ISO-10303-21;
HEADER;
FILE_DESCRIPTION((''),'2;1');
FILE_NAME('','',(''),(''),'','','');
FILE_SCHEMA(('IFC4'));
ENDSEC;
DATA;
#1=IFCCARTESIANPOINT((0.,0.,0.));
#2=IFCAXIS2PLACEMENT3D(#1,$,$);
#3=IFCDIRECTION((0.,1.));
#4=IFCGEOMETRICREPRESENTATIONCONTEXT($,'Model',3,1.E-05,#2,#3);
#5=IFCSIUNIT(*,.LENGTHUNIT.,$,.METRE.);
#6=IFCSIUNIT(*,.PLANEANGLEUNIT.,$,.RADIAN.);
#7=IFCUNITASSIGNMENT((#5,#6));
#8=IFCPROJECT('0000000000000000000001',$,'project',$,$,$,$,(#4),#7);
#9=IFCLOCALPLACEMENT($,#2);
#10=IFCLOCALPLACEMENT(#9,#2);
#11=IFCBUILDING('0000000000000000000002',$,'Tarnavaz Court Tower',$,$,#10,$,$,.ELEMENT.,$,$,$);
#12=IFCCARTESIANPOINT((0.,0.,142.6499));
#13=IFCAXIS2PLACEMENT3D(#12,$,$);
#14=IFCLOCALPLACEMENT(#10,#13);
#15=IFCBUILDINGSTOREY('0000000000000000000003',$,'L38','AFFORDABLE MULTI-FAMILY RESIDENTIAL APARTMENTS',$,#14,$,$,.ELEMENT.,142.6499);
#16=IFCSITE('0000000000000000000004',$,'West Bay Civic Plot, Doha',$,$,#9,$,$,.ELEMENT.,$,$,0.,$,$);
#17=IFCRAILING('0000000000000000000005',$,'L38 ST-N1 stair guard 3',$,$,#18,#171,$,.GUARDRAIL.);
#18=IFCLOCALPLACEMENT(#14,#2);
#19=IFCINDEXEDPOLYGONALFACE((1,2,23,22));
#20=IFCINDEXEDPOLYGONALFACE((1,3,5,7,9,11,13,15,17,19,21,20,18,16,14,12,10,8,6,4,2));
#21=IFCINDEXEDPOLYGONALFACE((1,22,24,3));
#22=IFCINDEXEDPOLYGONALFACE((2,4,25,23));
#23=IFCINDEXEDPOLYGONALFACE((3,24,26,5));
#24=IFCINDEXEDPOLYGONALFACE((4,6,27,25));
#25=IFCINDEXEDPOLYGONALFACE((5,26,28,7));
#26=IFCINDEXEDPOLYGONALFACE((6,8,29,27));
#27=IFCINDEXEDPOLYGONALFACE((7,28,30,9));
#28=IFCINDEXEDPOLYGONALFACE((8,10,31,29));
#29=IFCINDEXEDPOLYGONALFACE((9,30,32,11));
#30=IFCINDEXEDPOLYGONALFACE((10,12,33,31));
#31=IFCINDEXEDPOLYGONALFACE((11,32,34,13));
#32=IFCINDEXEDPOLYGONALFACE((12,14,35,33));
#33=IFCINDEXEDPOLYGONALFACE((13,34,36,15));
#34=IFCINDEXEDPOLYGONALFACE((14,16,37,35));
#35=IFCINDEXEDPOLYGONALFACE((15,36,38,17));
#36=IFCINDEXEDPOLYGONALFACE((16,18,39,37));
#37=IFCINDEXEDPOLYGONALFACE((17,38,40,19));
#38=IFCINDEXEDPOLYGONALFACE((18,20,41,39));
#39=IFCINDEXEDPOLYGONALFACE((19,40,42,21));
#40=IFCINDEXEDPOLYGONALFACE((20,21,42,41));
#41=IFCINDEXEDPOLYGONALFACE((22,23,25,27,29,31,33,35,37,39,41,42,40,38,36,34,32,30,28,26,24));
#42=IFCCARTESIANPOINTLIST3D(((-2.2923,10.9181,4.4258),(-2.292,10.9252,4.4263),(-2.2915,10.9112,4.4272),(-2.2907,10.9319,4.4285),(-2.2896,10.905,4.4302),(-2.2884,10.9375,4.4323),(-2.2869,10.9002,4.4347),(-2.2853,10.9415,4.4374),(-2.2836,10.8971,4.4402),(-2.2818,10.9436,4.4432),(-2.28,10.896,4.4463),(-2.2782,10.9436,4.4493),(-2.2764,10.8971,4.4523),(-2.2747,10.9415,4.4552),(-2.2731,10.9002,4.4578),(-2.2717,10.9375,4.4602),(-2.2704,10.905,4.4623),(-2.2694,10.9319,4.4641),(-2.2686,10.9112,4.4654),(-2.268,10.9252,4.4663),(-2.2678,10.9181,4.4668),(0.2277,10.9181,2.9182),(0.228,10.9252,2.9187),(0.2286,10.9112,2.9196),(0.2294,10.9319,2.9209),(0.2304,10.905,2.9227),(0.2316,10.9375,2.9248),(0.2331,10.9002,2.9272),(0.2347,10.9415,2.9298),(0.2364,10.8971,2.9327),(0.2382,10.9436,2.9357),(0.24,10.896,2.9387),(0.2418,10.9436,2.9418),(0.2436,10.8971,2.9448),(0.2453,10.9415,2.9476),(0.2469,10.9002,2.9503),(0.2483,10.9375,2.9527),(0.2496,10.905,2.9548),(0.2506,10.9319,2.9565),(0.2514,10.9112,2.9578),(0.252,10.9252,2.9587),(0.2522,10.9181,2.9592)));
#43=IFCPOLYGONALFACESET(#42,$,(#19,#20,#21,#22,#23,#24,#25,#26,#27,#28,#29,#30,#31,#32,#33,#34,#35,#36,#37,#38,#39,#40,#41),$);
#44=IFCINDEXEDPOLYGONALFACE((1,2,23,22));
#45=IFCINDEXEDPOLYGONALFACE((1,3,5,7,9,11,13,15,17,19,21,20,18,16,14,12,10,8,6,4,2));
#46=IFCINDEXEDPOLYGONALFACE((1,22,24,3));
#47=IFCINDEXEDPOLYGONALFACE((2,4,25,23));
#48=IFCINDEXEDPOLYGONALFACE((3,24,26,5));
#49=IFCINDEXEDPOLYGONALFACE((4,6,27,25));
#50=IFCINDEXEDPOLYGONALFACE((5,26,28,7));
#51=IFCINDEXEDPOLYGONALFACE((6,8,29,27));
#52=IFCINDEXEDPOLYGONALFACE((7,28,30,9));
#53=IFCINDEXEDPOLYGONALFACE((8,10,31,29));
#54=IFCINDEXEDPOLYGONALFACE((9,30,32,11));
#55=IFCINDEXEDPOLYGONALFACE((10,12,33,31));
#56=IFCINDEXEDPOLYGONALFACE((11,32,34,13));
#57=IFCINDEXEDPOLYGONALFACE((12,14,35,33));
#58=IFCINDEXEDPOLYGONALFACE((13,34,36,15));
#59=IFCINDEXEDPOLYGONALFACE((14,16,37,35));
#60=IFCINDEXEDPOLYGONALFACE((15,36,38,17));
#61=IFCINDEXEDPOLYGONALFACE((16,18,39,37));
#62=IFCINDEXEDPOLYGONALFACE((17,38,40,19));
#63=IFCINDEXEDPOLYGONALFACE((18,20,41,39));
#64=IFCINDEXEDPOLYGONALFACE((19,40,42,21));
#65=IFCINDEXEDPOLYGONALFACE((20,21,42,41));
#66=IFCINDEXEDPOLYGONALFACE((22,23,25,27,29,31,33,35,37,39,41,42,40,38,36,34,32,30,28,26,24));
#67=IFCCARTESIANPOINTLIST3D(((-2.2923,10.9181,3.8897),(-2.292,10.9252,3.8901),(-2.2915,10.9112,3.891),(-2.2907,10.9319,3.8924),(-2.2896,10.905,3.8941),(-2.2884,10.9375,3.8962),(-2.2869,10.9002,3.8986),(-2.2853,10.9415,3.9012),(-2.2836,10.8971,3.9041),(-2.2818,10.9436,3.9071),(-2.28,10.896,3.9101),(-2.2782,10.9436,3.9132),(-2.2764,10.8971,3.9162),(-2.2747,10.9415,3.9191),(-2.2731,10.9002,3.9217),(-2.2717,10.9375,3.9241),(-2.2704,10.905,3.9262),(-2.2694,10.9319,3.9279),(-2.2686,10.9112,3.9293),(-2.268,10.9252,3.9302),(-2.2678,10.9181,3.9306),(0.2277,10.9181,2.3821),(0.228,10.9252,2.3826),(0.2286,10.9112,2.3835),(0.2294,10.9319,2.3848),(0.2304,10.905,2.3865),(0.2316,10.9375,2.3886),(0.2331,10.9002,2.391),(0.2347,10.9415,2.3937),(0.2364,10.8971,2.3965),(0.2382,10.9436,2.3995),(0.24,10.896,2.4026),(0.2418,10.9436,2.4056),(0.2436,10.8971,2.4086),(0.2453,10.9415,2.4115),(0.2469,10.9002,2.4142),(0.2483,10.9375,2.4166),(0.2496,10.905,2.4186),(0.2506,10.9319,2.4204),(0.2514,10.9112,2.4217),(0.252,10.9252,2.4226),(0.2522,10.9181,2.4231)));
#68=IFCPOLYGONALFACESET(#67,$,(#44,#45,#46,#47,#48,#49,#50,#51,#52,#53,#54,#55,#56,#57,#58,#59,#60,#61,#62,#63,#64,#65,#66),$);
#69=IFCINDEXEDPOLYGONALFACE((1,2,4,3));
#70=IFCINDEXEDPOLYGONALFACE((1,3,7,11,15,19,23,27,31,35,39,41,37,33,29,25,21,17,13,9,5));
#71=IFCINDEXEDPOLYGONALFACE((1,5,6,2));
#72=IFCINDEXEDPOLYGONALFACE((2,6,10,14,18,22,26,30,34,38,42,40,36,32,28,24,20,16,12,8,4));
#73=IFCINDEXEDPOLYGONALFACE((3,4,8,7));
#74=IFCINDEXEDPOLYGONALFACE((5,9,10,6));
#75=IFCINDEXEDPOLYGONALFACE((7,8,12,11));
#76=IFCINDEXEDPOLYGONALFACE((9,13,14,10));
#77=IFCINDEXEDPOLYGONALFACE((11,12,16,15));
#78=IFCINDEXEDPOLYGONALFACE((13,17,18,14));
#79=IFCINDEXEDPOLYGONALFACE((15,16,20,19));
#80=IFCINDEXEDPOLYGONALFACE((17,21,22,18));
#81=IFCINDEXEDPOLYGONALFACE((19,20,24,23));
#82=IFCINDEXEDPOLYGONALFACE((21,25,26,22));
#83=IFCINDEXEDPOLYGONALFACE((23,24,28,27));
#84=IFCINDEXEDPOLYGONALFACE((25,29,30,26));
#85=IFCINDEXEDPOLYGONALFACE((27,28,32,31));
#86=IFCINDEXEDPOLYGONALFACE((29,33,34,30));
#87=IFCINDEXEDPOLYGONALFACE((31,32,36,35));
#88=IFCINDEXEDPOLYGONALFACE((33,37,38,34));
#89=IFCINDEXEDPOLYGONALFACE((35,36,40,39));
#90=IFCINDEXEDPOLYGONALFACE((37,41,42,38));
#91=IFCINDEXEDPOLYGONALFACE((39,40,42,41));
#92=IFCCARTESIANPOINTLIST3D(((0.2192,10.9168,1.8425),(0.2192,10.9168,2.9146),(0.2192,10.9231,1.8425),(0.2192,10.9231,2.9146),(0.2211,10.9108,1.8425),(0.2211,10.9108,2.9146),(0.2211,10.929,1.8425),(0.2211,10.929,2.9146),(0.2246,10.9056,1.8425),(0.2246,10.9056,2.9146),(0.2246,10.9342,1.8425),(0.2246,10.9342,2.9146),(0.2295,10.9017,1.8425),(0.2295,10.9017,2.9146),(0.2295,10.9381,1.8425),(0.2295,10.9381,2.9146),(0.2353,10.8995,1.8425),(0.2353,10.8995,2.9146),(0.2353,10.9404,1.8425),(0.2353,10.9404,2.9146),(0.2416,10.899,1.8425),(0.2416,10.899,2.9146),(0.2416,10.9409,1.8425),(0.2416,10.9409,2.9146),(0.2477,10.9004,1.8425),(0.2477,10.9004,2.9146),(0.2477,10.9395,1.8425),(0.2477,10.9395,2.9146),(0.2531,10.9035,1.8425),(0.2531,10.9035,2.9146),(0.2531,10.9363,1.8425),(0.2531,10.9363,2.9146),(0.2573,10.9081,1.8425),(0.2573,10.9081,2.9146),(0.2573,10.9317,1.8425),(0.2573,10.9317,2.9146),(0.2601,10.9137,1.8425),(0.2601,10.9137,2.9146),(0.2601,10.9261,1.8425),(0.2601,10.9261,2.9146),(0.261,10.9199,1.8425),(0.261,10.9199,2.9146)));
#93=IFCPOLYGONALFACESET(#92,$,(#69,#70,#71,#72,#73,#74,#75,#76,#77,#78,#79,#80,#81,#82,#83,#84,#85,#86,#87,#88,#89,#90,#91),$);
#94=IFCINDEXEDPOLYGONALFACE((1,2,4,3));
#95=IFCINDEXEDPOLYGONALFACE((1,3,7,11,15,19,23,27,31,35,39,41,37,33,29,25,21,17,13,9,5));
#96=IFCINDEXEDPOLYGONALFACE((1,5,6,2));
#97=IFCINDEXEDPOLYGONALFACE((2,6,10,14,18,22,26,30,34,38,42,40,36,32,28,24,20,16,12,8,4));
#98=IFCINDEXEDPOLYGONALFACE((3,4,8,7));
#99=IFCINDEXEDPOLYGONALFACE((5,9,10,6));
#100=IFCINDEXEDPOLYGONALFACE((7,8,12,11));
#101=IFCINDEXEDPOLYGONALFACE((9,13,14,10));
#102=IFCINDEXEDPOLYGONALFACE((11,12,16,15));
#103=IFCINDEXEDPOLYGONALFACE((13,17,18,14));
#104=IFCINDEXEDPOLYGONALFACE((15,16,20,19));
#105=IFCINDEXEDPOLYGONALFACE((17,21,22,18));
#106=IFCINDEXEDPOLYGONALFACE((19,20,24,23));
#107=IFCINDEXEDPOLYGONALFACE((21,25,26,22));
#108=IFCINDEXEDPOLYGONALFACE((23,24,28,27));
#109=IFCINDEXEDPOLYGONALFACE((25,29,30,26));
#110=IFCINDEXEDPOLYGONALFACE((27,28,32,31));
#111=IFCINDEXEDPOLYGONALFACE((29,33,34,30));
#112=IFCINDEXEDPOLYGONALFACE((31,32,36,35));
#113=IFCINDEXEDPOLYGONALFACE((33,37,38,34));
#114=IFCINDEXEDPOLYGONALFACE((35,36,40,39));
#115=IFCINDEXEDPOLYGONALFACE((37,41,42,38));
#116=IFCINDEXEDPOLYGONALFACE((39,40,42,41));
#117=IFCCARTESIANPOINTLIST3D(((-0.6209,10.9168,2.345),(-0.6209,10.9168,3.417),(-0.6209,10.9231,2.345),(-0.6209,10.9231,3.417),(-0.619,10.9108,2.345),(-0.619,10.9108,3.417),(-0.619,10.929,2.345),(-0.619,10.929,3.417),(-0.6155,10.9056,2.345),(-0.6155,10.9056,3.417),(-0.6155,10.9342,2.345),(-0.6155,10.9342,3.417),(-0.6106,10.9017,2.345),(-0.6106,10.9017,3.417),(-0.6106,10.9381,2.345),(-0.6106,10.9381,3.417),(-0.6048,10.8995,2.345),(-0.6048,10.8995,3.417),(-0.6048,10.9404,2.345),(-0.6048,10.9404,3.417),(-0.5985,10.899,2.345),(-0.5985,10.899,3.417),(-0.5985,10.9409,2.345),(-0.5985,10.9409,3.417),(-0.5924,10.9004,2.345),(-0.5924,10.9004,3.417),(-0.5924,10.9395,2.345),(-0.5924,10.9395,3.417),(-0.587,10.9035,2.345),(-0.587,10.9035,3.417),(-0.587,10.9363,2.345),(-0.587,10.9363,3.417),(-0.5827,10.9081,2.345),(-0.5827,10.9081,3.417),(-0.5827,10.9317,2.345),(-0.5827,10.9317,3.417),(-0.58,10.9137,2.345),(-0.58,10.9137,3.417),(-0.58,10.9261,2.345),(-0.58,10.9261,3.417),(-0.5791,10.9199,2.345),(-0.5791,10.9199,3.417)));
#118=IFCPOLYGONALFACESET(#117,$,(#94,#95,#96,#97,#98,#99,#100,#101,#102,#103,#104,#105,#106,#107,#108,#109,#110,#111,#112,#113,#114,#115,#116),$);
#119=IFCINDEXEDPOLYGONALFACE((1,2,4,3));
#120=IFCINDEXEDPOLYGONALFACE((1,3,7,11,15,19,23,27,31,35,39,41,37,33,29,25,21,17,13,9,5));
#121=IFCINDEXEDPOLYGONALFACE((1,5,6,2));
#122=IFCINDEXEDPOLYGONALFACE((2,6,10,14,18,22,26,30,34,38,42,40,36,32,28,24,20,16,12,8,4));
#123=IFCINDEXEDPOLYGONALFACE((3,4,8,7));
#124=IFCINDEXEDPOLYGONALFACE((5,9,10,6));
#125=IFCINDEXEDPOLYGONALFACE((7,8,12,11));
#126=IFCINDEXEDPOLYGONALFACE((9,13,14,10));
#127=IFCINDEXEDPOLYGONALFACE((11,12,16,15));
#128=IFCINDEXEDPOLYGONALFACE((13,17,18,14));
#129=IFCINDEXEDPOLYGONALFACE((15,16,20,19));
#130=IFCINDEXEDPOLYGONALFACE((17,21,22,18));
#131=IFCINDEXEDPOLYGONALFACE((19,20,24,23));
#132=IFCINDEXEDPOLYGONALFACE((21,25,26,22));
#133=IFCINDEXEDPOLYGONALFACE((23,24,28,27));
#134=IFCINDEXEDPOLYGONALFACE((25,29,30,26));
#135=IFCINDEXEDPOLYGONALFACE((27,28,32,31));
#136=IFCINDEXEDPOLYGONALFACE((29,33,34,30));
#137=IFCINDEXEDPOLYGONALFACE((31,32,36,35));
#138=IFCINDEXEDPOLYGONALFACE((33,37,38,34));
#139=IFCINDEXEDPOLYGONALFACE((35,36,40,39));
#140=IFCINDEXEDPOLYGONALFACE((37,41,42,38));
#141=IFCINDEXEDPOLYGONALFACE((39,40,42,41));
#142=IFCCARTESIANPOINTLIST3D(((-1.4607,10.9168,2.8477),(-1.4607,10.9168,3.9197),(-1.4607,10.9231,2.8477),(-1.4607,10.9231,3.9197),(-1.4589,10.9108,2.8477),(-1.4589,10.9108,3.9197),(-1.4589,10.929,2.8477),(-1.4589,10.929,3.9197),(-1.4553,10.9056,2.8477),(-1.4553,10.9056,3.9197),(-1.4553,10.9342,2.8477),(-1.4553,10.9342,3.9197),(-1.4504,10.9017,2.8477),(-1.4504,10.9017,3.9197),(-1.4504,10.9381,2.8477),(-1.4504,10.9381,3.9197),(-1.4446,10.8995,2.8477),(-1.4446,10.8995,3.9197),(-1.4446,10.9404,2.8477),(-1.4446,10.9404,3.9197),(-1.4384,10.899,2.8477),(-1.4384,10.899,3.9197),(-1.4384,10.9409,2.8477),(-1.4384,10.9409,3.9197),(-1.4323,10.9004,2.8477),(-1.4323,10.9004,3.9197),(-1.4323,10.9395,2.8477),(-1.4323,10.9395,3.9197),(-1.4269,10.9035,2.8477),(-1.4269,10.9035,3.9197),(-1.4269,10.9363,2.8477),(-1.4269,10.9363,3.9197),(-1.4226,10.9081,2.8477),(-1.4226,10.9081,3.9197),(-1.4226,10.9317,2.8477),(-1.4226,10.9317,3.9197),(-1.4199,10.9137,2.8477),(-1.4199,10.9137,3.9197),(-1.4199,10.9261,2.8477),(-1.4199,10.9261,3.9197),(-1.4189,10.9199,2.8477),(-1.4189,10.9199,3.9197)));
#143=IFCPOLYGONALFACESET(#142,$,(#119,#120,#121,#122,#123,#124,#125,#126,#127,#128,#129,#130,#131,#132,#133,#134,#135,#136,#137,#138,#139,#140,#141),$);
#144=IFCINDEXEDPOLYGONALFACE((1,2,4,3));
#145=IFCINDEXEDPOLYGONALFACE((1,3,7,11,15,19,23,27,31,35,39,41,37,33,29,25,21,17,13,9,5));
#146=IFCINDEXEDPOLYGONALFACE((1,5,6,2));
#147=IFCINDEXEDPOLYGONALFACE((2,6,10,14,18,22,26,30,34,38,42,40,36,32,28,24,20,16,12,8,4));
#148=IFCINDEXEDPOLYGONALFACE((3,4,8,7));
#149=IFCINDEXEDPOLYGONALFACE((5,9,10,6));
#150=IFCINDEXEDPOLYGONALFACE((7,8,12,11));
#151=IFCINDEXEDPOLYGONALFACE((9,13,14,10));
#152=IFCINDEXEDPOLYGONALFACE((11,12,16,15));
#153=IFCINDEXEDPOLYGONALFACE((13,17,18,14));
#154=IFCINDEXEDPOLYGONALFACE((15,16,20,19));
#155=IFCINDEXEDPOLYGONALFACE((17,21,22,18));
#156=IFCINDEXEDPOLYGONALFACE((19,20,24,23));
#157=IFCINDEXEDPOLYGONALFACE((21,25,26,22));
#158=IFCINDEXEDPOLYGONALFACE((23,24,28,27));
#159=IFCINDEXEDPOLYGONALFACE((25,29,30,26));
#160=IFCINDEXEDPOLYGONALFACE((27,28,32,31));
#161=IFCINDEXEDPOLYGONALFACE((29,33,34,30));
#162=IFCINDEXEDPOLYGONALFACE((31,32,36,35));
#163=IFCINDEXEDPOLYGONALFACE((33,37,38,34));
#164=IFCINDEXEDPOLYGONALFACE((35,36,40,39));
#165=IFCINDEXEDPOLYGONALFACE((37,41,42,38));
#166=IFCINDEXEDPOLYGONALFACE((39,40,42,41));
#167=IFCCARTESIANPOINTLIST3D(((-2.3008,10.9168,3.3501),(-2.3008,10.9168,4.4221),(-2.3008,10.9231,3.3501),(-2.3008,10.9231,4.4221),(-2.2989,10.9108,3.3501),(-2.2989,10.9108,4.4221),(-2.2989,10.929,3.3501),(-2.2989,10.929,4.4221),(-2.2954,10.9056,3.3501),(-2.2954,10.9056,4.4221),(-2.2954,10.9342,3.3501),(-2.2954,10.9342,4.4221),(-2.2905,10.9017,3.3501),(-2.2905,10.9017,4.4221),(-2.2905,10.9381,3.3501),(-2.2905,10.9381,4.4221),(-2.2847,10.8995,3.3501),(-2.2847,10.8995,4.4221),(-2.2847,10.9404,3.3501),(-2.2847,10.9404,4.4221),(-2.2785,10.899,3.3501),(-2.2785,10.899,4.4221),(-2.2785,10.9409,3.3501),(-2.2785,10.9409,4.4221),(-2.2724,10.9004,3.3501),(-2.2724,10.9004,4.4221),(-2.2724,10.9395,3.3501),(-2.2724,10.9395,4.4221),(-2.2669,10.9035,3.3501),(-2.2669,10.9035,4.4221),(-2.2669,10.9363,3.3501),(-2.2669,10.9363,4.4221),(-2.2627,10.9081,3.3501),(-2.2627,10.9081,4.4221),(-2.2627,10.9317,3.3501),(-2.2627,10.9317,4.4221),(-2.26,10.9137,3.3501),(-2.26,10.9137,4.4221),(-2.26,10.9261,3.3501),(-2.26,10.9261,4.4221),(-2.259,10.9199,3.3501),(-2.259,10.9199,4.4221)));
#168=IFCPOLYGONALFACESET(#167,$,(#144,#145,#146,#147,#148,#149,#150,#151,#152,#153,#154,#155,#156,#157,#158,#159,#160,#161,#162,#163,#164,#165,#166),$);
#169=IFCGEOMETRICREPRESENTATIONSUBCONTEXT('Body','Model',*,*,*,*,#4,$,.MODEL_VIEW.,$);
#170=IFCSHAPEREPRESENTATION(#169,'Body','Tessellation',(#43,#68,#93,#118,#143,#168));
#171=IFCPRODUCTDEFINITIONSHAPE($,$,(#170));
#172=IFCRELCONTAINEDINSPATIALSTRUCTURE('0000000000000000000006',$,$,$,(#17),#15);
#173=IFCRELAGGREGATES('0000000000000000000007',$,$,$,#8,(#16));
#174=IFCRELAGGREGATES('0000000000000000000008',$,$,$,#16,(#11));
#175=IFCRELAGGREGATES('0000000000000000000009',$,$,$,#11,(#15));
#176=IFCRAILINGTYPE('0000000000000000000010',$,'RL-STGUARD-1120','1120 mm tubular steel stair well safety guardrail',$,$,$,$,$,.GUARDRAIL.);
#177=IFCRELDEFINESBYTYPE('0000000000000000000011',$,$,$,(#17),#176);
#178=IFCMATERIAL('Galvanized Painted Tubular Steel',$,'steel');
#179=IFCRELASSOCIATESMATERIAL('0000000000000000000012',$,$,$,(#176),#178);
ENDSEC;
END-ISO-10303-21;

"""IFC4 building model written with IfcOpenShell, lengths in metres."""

from ifc_helpers import new_model, si_unit, direction, frame, origin, origin_2d, place, context, subcontext, project, spatial, circle, extrude, material, type_object, element, save


model = new_model("IFC4")

# Units and contexts
model_context = context("Model", 3, precision=1e-05, world=origin(), true_north=direction((0.0, 1.0)))
body_context = subcontext(model_context, "Body", "Model", "MODEL_VIEW")
ifc_project = project(units=[si_unit("LENGTHUNIT", "METRE"), si_unit("PLANEANGLEUNIT", "RADIAN")], contexts=[model_context])

# Site, building, storey
site_placement = place(None, origin())
site = spatial("IfcSite", under=ifc_project, at=site_placement, Name="West Bay Civic Plot, Doha", CompositionType="ELEMENT", RefElevation=0.0)
building_placement = place(site_placement, origin())
building = spatial("IfcBuilding", under=site, at=building_placement, Name="Tarnavaz Court Tower", CompositionType="ELEMENT")
storey_placement = place(building_placement, frame((0.0, 0.0, 142.6499)))
storey = spatial("IfcBuildingStorey", under=building, at=storey_placement, Name="L38", Description="AFFORDABLE MULTI-FAMILY RESIDENTIAL APARTMENTS", CompositionType="ELEMENT", Elevation=142.6499)

# Railing
ifc_material_1 = material(Name="Galvanized Painted Tubular Steel", Category="steel")
railing_type_1 = type_object("IfcRailingType", Name="RL-STGUARD-1120", Description="1120 mm tubular steel stair well safety guardrail", PredefinedType="GUARDRAIL", material=ifc_material_1)
railing_1_placement = place(storey_placement, frame((0.24, 10.9199, 1.8425)))
element("IfcRailing", 1, at=railing_1_placement, inside=storey, type_object=railing_type_1, Name="L38 ST-N1 stair guard 3", PredefinedType="GUARDRAIL", context=body_context, shape_type="SweptSolid", body=[
    extrude(circle(Radius=0.0239, at=origin_2d()), frame((0.0, 0.0, 1.0962), z_axis=(-0.85816, 0.0, 0.513383), x_axis=(0.0, -1.0, 0.0)), (0.0, 0.0, 1.0), 2.9365),
    extrude(circle(Radius=0.0239, at=origin_2d()), frame((0.0, 0.0, 0.5601), z_axis=(-0.85816, 0.0, 0.513383), x_axis=(0.0, -1.0, 0.0)), (0.0, 0.0, 1.0), 2.9365),
    extrude(circle(Radius=0.021, at=origin_2d()), origin(), (0.0, 0.0, 1.0), 1.072),
    extrude(circle(Radius=0.021, at=origin_2d()), frame((-0.8401, 0.0, 0.5024)), (0.0, 0.0, 1.0), 1.072),
    extrude(circle(Radius=0.021, at=origin_2d()), frame((-1.6799, 0.0, 1.0051)), (0.0, 0.0, 1.0), 1.072),
    extrude(circle(Radius=0.021, at=origin_2d()), frame((-2.52, 0.0, 1.5076)), (0.0, 0.0, 1.0), 1.072),
])

save(model, "model.ifc")
